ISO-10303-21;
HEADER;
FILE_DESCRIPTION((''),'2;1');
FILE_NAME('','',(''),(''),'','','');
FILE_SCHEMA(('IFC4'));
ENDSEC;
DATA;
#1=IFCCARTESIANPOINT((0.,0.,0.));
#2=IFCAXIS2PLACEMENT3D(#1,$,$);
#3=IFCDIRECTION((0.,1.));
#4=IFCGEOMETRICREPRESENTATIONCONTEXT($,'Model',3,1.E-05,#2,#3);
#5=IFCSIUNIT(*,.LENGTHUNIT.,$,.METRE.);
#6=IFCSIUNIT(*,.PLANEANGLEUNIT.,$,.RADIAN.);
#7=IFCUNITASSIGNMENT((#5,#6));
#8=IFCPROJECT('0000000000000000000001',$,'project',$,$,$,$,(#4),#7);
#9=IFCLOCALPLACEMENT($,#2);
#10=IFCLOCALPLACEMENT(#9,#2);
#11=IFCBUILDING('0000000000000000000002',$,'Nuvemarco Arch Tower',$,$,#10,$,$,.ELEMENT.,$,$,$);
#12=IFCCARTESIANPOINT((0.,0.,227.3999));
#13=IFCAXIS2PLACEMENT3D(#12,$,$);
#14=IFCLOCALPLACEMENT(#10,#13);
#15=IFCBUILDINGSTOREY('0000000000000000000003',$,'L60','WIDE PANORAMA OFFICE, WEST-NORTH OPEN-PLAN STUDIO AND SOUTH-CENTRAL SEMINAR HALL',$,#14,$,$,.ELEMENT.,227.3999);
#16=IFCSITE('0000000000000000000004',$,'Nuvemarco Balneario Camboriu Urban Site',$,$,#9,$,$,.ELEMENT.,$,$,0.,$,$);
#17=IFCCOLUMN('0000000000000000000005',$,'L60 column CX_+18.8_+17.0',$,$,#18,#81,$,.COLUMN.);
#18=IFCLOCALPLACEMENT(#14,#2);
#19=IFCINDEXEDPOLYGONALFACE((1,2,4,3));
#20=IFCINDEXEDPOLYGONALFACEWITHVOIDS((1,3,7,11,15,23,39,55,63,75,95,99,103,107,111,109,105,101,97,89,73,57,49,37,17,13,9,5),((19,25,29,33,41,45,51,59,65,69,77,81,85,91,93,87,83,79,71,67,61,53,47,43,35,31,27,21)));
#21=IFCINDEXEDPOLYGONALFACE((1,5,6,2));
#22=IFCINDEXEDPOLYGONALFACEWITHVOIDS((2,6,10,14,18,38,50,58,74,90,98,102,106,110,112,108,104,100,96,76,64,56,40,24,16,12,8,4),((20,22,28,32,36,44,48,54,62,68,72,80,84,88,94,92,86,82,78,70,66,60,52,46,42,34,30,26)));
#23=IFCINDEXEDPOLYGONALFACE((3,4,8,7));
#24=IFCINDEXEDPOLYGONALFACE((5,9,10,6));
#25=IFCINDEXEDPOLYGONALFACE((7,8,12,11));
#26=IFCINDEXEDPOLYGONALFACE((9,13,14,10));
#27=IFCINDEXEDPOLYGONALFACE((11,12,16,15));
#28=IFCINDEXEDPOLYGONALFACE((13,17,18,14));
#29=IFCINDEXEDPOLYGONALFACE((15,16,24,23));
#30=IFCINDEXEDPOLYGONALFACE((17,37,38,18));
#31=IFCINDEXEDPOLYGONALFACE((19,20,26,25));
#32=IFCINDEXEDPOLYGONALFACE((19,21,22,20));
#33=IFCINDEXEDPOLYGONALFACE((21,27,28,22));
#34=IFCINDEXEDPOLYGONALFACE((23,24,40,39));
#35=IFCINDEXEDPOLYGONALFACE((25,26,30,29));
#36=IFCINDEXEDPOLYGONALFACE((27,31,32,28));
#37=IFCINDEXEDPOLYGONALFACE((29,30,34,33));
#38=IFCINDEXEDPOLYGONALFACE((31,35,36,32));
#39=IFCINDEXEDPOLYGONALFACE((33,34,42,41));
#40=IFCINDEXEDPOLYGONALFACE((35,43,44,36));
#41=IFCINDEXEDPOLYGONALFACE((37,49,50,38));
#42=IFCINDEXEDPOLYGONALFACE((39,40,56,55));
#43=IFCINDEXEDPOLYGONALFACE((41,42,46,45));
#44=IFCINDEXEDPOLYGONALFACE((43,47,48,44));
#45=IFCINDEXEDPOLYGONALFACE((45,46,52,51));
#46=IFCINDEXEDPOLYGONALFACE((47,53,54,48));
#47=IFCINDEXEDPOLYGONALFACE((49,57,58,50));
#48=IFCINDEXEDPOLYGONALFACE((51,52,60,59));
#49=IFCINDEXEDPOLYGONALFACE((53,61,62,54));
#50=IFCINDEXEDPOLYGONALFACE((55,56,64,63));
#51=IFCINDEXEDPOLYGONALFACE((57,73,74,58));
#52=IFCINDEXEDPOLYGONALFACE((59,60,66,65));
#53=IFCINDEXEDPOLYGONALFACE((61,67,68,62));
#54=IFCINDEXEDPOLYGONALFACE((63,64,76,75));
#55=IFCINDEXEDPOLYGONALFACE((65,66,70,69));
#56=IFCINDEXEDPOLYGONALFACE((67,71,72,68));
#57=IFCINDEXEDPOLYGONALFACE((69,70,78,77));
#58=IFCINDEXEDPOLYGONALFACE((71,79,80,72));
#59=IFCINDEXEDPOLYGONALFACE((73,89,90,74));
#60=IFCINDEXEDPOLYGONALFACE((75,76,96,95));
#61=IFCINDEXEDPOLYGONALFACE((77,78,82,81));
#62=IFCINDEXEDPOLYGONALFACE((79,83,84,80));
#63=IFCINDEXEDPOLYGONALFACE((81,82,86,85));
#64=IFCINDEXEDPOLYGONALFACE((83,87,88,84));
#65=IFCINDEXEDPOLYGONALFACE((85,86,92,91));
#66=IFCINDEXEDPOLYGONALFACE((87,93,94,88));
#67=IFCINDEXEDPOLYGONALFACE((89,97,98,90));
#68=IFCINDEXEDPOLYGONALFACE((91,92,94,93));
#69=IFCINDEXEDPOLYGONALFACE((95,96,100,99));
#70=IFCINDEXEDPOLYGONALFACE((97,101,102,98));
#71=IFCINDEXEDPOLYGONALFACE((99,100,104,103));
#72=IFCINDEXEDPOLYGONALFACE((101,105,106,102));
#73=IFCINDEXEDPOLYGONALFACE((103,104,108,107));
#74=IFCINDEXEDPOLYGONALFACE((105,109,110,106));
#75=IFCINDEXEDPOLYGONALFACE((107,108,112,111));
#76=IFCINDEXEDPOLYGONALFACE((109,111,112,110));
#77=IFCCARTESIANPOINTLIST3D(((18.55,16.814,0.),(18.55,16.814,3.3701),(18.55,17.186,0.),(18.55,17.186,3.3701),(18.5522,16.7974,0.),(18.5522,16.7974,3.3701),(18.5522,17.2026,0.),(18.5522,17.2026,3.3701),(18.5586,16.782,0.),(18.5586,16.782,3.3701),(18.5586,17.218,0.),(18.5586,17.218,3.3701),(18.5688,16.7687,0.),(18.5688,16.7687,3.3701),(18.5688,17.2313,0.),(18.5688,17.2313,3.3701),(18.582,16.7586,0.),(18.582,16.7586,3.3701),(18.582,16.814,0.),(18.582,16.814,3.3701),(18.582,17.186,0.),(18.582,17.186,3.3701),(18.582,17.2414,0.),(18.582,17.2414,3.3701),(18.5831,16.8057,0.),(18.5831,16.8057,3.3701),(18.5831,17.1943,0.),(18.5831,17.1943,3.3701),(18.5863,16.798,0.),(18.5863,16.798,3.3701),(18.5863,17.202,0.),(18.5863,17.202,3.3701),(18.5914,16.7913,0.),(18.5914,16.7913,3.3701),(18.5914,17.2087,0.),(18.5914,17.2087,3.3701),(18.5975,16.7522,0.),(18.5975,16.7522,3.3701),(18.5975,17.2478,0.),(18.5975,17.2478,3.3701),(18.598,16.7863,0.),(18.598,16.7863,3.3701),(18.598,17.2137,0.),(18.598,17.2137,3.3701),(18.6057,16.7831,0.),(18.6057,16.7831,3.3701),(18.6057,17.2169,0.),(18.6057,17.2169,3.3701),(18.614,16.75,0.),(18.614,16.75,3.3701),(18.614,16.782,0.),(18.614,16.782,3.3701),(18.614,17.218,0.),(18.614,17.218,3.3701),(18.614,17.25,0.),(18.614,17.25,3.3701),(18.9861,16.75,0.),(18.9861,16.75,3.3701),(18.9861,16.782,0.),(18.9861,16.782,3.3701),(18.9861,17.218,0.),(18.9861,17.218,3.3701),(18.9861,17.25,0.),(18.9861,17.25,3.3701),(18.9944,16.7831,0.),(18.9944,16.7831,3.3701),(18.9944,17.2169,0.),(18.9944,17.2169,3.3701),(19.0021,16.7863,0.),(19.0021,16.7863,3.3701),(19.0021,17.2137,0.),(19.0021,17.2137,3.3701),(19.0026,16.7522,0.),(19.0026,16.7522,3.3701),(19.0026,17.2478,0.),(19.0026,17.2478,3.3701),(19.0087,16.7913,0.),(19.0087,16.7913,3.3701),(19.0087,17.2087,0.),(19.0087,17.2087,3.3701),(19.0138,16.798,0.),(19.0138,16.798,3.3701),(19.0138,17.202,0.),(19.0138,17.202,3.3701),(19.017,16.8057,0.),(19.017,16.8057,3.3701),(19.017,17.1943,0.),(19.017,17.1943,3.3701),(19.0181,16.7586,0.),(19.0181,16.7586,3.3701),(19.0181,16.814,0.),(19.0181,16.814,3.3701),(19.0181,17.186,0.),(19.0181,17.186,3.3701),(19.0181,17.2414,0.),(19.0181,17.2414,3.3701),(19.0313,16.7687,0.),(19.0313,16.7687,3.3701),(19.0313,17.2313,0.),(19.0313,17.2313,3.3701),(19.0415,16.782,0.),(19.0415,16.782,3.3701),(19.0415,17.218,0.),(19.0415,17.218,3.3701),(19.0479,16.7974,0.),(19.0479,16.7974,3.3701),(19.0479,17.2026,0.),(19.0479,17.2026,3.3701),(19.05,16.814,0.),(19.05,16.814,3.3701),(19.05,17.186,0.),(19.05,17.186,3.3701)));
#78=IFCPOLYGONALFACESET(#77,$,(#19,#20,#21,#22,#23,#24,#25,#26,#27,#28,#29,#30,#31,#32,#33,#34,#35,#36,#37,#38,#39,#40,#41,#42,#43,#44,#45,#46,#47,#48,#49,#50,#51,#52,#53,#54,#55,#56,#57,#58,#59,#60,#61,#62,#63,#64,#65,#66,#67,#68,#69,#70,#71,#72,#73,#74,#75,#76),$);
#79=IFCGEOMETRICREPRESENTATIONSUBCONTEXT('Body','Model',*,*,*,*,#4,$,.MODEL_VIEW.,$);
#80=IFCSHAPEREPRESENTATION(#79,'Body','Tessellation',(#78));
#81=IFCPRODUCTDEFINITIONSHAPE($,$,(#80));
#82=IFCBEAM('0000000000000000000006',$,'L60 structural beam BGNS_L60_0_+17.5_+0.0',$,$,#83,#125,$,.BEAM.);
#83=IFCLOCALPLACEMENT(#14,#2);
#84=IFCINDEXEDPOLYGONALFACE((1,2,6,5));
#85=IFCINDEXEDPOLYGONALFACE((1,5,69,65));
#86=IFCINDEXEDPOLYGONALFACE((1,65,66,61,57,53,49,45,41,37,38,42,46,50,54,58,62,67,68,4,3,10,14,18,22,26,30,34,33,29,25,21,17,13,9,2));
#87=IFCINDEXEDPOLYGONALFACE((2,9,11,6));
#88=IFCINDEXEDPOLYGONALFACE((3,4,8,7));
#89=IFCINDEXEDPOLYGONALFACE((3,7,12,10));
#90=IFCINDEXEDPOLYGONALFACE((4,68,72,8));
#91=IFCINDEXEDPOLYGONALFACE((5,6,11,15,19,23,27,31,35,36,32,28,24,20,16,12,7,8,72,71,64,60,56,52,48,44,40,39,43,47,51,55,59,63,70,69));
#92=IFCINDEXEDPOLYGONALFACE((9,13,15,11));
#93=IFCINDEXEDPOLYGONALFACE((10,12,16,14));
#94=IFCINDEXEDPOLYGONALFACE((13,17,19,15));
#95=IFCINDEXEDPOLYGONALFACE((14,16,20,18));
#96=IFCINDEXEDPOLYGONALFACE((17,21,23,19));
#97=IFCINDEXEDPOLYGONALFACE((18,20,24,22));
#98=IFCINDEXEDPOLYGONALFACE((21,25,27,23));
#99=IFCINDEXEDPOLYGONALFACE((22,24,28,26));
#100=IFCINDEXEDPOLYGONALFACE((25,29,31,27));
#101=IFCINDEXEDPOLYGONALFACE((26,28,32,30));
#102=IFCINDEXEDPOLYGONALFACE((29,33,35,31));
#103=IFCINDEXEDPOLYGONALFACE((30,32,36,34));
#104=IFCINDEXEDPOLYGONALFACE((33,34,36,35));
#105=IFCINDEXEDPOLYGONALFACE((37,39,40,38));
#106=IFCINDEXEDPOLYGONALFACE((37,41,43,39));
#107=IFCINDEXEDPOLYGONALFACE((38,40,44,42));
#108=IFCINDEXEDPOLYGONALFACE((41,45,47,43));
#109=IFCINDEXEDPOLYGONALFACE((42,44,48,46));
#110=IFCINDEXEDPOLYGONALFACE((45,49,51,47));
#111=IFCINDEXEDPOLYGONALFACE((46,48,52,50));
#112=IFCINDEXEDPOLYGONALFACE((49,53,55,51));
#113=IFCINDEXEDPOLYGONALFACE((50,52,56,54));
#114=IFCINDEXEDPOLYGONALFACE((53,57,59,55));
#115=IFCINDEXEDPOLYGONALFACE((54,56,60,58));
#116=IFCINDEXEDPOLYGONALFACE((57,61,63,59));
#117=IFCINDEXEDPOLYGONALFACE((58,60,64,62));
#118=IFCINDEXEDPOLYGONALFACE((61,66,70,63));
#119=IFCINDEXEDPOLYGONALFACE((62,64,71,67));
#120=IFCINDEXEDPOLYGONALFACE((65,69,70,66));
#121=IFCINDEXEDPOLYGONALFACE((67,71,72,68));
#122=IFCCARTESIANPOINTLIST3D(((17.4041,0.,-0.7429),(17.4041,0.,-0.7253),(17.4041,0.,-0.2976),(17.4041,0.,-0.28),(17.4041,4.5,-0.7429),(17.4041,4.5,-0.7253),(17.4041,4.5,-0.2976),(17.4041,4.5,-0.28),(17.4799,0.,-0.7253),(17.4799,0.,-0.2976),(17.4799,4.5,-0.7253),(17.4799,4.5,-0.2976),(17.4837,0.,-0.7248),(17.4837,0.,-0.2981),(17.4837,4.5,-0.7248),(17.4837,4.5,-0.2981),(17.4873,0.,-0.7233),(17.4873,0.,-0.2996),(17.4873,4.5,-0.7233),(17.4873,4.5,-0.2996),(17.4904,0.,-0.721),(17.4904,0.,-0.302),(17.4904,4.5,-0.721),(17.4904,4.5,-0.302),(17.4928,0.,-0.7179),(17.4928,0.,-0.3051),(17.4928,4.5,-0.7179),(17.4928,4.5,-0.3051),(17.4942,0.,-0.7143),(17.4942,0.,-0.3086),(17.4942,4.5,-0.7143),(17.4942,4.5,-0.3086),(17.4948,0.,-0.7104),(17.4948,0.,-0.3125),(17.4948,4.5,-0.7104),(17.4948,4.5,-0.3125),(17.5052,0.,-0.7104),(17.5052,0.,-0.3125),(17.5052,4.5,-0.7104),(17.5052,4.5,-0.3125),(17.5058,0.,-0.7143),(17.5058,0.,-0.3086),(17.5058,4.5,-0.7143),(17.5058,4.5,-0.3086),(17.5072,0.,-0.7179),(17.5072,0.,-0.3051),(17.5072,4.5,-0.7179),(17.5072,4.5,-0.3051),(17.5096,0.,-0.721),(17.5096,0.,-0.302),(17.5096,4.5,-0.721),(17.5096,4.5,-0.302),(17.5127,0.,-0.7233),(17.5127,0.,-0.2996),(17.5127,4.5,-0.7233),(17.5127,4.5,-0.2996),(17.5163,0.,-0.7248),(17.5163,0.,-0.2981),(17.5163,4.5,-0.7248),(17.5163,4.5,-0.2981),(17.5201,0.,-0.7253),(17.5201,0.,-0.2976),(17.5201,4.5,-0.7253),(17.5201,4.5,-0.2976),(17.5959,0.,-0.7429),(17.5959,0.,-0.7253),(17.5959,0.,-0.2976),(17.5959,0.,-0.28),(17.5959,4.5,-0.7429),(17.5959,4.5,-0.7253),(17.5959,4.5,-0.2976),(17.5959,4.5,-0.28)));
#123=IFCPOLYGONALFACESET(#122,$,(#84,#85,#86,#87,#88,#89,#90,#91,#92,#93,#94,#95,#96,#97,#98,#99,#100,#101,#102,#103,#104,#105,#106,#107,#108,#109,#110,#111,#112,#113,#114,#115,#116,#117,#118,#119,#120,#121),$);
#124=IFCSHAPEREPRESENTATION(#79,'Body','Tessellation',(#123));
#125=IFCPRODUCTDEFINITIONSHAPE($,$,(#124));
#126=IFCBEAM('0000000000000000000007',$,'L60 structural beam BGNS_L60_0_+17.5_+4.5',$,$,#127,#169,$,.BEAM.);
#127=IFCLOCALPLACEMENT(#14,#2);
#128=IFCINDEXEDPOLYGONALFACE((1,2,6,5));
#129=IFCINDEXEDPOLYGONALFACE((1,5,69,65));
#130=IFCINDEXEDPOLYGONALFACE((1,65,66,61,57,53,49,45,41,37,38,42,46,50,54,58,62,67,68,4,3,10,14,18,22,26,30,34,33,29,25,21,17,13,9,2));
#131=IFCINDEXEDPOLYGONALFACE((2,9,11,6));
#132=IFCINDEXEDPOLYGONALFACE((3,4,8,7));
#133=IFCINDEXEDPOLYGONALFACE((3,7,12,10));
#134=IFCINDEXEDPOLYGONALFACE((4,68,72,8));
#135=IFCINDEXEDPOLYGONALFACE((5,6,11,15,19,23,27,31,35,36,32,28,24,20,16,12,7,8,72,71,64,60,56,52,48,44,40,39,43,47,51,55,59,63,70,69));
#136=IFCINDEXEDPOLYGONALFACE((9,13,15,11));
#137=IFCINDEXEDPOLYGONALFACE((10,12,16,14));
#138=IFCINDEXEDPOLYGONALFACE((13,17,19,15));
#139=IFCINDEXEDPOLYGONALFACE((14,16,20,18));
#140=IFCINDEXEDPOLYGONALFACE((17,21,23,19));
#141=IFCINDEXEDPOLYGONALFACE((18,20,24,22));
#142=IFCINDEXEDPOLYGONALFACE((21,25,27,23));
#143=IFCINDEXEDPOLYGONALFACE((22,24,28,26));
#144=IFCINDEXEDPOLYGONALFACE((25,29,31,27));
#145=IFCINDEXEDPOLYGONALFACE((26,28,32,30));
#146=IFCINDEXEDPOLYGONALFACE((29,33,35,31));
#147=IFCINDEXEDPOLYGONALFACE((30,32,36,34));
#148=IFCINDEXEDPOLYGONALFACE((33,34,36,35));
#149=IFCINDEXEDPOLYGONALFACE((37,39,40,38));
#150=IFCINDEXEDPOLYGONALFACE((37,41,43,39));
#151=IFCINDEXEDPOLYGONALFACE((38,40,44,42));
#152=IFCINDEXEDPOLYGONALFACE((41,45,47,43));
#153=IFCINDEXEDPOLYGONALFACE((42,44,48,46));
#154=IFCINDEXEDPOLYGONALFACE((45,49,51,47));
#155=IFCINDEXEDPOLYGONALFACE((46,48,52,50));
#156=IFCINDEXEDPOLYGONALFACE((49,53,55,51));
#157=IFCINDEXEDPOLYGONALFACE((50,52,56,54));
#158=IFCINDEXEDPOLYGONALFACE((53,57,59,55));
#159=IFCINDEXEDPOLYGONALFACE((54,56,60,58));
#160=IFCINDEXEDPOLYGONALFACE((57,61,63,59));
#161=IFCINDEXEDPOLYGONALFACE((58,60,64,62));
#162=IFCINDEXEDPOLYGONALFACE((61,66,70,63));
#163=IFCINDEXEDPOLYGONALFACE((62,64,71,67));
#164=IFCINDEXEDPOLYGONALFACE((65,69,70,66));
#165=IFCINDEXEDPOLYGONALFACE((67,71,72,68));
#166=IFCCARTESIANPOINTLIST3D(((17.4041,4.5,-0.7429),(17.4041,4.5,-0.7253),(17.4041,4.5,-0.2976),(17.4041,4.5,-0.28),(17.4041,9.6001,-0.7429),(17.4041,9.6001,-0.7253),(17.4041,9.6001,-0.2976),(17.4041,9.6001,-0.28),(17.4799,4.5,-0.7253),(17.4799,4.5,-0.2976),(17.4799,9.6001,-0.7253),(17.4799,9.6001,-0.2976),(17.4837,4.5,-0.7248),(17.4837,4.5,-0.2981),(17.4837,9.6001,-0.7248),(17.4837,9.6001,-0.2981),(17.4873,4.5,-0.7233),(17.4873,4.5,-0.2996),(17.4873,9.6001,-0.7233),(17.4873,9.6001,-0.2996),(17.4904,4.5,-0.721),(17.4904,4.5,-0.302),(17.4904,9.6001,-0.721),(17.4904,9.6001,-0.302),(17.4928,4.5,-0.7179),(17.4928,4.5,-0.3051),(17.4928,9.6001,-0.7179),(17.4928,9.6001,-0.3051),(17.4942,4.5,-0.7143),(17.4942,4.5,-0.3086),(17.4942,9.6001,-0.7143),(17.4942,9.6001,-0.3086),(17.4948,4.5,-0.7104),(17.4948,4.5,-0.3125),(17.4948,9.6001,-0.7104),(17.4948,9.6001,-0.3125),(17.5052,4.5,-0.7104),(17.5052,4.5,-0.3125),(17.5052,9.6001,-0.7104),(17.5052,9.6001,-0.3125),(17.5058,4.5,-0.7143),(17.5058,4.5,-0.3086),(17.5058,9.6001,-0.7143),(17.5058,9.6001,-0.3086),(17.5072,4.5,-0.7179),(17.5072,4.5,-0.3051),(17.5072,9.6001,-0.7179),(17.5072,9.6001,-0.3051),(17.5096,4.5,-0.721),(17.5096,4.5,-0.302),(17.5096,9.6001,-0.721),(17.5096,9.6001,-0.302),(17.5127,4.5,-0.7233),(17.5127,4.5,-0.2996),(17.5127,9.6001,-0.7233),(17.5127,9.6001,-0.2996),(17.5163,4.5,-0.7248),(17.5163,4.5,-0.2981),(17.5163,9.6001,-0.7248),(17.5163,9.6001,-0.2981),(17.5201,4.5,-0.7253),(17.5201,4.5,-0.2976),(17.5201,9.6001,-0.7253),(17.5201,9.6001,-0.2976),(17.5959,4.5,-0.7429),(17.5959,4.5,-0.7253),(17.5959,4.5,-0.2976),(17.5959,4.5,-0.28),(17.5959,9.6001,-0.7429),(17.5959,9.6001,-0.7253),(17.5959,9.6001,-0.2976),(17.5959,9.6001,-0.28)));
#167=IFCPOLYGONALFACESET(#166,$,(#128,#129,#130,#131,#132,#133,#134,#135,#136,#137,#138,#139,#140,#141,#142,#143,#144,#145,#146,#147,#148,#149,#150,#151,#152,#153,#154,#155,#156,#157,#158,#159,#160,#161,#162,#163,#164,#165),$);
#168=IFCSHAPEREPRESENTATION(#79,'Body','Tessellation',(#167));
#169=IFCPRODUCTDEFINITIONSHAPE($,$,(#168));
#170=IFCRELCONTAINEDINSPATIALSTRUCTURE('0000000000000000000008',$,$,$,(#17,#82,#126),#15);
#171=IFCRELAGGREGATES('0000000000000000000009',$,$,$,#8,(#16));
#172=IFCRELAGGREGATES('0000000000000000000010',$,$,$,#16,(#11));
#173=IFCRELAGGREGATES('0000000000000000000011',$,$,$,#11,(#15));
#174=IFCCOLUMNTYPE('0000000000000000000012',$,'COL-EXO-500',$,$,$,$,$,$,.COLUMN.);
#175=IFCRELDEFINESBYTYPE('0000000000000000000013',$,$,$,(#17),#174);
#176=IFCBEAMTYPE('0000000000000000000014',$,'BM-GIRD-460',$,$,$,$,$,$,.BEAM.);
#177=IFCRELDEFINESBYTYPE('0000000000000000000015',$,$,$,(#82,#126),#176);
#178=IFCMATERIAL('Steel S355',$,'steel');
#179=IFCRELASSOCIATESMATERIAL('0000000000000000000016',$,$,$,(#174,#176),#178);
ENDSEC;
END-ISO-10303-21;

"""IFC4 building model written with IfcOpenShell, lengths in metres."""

from ifc_helpers import new_model, si_unit, direction, frame, origin, origin_2d, place, context, subcontext, project, spatial, hollow_rectangle, i_section, extrude, material, material_profile, profile_set, type_object, element, save


model = new_model("IFC4")

# Units and contexts
model_context = context("Model", 3, precision=1e-05, world=origin(), true_north=direction((0.0, 1.0)))
body_context = subcontext(model_context, "Body", "Model", "MODEL_VIEW")
ifc_project = project(units=[si_unit("LENGTHUNIT", "METRE"), si_unit("PLANEANGLEUNIT", "RADIAN")], contexts=[model_context])

# Site, building, storey
site_placement = place(None, origin())
site = spatial("IfcSite", under=ifc_project, at=site_placement, Name="Nuvemarco Balneario Camboriu Urban Site", CompositionType="ELEMENT", RefElevation=0.0)
building_placement = place(site_placement, origin())
building = spatial("IfcBuilding", under=site, at=building_placement, Name="Nuvemarco Arch Tower", CompositionType="ELEMENT")
storey_placement = place(building_placement, frame((0.0, 0.0, 227.3999)))
storey = spatial("IfcBuildingStorey", under=building, at=storey_placement, Name="L60", Description="WIDE PANORAMA OFFICE, WEST-NORTH OPEN-PLAN STUDIO AND SOUTH-CENTRAL SEMINAR HALL", CompositionType="ELEMENT", Elevation=227.3999)

# Column
ifc_material_1 = material(Name="Steel S355", Category="steel")
ifc_material_profile_1 = material_profile(ifc_material_1, hollow_rectangle(XDim=0.5, YDim=0.5, WallThickness=0.032, InnerFilletRadius=0.032, OuterFilletRadius=0.064, at=origin_2d()), Name="SHS500x500x32")
ifc_profile_set_1 = profile_set([ifc_material_profile_1], Name="Steel S355")
column_type_1 = type_object("IfcColumnType", Name="COL-EXO-500", PredefinedType="COLUMN", material=ifc_profile_set_1)
for number, where, z_axis, x_axis, name in (
    (1, (18.8, 17.0, 0.0), (0.0, 0.0, 1.0), (1.0, 0.0, 0.0), "L60 column CX_+18.8_+17.0"),
):
    element("IfcColumn", number, at=place(storey_placement, frame(where, z_axis=z_axis, x_axis=x_axis)), inside=storey, type_object=column_type_1, Name=name, PredefinedType="COLUMN", context=body_context, shape_type="SweptSolid", body=[
        extrude(hollow_rectangle(XDim=0.5, YDim=0.5, WallThickness=0.032, InnerFilletRadius=0.032, OuterFilletRadius=0.064, at=origin_2d()), origin(), (0.0, 0.0, 1.0), 3.3701),
    ])

# Beams
ifc_material_profile_2 = material_profile(ifc_material_1, i_section(OverallWidth=0.1919, OverallDepth=0.4629, WebThickness=0.0105, FlangeThickness=0.0176, FilletRadius=0.0149, at=origin_2d()), Name="W460x89")
ifc_profile_set_2 = profile_set([ifc_material_profile_2], Name="Steel S355")
beam_type_1 = type_object("IfcBeamType", Name="BM-GIRD-460", PredefinedType="BEAM", material=ifc_profile_set_2)
beam_1_placement = place(storey_placement, frame((17.5, 0.0, -0.5115), z_axis=(0.0, 1.0, 0.0), x_axis=(-1.0, 0.0, 0.0)))
element("IfcBeam", 2, at=beam_1_placement, inside=storey, type_object=beam_type_1, Name="L60 structural beam BGNS_L60_0_+17.5_+0.0", PredefinedType="BEAM", context=body_context, shape_type="SweptSolid", body=[
    extrude(i_section(OverallWidth=0.1919, OverallDepth=0.4629, WebThickness=0.0105, FlangeThickness=0.0176, FilletRadius=0.0149, at=origin_2d()), origin(), (0.0, 0.0, 1.0), 4.5),
])
beam_2_placement = place(storey_placement, frame((17.5, 4.5, -0.5115), z_axis=(0.0, 1.0, 0.0), x_axis=(-1.0, 0.0, 0.0)))
element("IfcBeam", 3, at=beam_2_placement, inside=storey, type_object=beam_type_1, Name="L60 structural beam BGNS_L60_0_+17.5_+4.5", PredefinedType="BEAM", context=body_context, shape_type="SweptSolid", body=[
    extrude(i_section(OverallWidth=0.1919, OverallDepth=0.4629, WebThickness=0.0105, FlangeThickness=0.0176, FilletRadius=0.0149, at=origin_2d()), origin(), (0.0, 0.0, 1.0), 5.1001),
])

save(model, "model.ifc")
